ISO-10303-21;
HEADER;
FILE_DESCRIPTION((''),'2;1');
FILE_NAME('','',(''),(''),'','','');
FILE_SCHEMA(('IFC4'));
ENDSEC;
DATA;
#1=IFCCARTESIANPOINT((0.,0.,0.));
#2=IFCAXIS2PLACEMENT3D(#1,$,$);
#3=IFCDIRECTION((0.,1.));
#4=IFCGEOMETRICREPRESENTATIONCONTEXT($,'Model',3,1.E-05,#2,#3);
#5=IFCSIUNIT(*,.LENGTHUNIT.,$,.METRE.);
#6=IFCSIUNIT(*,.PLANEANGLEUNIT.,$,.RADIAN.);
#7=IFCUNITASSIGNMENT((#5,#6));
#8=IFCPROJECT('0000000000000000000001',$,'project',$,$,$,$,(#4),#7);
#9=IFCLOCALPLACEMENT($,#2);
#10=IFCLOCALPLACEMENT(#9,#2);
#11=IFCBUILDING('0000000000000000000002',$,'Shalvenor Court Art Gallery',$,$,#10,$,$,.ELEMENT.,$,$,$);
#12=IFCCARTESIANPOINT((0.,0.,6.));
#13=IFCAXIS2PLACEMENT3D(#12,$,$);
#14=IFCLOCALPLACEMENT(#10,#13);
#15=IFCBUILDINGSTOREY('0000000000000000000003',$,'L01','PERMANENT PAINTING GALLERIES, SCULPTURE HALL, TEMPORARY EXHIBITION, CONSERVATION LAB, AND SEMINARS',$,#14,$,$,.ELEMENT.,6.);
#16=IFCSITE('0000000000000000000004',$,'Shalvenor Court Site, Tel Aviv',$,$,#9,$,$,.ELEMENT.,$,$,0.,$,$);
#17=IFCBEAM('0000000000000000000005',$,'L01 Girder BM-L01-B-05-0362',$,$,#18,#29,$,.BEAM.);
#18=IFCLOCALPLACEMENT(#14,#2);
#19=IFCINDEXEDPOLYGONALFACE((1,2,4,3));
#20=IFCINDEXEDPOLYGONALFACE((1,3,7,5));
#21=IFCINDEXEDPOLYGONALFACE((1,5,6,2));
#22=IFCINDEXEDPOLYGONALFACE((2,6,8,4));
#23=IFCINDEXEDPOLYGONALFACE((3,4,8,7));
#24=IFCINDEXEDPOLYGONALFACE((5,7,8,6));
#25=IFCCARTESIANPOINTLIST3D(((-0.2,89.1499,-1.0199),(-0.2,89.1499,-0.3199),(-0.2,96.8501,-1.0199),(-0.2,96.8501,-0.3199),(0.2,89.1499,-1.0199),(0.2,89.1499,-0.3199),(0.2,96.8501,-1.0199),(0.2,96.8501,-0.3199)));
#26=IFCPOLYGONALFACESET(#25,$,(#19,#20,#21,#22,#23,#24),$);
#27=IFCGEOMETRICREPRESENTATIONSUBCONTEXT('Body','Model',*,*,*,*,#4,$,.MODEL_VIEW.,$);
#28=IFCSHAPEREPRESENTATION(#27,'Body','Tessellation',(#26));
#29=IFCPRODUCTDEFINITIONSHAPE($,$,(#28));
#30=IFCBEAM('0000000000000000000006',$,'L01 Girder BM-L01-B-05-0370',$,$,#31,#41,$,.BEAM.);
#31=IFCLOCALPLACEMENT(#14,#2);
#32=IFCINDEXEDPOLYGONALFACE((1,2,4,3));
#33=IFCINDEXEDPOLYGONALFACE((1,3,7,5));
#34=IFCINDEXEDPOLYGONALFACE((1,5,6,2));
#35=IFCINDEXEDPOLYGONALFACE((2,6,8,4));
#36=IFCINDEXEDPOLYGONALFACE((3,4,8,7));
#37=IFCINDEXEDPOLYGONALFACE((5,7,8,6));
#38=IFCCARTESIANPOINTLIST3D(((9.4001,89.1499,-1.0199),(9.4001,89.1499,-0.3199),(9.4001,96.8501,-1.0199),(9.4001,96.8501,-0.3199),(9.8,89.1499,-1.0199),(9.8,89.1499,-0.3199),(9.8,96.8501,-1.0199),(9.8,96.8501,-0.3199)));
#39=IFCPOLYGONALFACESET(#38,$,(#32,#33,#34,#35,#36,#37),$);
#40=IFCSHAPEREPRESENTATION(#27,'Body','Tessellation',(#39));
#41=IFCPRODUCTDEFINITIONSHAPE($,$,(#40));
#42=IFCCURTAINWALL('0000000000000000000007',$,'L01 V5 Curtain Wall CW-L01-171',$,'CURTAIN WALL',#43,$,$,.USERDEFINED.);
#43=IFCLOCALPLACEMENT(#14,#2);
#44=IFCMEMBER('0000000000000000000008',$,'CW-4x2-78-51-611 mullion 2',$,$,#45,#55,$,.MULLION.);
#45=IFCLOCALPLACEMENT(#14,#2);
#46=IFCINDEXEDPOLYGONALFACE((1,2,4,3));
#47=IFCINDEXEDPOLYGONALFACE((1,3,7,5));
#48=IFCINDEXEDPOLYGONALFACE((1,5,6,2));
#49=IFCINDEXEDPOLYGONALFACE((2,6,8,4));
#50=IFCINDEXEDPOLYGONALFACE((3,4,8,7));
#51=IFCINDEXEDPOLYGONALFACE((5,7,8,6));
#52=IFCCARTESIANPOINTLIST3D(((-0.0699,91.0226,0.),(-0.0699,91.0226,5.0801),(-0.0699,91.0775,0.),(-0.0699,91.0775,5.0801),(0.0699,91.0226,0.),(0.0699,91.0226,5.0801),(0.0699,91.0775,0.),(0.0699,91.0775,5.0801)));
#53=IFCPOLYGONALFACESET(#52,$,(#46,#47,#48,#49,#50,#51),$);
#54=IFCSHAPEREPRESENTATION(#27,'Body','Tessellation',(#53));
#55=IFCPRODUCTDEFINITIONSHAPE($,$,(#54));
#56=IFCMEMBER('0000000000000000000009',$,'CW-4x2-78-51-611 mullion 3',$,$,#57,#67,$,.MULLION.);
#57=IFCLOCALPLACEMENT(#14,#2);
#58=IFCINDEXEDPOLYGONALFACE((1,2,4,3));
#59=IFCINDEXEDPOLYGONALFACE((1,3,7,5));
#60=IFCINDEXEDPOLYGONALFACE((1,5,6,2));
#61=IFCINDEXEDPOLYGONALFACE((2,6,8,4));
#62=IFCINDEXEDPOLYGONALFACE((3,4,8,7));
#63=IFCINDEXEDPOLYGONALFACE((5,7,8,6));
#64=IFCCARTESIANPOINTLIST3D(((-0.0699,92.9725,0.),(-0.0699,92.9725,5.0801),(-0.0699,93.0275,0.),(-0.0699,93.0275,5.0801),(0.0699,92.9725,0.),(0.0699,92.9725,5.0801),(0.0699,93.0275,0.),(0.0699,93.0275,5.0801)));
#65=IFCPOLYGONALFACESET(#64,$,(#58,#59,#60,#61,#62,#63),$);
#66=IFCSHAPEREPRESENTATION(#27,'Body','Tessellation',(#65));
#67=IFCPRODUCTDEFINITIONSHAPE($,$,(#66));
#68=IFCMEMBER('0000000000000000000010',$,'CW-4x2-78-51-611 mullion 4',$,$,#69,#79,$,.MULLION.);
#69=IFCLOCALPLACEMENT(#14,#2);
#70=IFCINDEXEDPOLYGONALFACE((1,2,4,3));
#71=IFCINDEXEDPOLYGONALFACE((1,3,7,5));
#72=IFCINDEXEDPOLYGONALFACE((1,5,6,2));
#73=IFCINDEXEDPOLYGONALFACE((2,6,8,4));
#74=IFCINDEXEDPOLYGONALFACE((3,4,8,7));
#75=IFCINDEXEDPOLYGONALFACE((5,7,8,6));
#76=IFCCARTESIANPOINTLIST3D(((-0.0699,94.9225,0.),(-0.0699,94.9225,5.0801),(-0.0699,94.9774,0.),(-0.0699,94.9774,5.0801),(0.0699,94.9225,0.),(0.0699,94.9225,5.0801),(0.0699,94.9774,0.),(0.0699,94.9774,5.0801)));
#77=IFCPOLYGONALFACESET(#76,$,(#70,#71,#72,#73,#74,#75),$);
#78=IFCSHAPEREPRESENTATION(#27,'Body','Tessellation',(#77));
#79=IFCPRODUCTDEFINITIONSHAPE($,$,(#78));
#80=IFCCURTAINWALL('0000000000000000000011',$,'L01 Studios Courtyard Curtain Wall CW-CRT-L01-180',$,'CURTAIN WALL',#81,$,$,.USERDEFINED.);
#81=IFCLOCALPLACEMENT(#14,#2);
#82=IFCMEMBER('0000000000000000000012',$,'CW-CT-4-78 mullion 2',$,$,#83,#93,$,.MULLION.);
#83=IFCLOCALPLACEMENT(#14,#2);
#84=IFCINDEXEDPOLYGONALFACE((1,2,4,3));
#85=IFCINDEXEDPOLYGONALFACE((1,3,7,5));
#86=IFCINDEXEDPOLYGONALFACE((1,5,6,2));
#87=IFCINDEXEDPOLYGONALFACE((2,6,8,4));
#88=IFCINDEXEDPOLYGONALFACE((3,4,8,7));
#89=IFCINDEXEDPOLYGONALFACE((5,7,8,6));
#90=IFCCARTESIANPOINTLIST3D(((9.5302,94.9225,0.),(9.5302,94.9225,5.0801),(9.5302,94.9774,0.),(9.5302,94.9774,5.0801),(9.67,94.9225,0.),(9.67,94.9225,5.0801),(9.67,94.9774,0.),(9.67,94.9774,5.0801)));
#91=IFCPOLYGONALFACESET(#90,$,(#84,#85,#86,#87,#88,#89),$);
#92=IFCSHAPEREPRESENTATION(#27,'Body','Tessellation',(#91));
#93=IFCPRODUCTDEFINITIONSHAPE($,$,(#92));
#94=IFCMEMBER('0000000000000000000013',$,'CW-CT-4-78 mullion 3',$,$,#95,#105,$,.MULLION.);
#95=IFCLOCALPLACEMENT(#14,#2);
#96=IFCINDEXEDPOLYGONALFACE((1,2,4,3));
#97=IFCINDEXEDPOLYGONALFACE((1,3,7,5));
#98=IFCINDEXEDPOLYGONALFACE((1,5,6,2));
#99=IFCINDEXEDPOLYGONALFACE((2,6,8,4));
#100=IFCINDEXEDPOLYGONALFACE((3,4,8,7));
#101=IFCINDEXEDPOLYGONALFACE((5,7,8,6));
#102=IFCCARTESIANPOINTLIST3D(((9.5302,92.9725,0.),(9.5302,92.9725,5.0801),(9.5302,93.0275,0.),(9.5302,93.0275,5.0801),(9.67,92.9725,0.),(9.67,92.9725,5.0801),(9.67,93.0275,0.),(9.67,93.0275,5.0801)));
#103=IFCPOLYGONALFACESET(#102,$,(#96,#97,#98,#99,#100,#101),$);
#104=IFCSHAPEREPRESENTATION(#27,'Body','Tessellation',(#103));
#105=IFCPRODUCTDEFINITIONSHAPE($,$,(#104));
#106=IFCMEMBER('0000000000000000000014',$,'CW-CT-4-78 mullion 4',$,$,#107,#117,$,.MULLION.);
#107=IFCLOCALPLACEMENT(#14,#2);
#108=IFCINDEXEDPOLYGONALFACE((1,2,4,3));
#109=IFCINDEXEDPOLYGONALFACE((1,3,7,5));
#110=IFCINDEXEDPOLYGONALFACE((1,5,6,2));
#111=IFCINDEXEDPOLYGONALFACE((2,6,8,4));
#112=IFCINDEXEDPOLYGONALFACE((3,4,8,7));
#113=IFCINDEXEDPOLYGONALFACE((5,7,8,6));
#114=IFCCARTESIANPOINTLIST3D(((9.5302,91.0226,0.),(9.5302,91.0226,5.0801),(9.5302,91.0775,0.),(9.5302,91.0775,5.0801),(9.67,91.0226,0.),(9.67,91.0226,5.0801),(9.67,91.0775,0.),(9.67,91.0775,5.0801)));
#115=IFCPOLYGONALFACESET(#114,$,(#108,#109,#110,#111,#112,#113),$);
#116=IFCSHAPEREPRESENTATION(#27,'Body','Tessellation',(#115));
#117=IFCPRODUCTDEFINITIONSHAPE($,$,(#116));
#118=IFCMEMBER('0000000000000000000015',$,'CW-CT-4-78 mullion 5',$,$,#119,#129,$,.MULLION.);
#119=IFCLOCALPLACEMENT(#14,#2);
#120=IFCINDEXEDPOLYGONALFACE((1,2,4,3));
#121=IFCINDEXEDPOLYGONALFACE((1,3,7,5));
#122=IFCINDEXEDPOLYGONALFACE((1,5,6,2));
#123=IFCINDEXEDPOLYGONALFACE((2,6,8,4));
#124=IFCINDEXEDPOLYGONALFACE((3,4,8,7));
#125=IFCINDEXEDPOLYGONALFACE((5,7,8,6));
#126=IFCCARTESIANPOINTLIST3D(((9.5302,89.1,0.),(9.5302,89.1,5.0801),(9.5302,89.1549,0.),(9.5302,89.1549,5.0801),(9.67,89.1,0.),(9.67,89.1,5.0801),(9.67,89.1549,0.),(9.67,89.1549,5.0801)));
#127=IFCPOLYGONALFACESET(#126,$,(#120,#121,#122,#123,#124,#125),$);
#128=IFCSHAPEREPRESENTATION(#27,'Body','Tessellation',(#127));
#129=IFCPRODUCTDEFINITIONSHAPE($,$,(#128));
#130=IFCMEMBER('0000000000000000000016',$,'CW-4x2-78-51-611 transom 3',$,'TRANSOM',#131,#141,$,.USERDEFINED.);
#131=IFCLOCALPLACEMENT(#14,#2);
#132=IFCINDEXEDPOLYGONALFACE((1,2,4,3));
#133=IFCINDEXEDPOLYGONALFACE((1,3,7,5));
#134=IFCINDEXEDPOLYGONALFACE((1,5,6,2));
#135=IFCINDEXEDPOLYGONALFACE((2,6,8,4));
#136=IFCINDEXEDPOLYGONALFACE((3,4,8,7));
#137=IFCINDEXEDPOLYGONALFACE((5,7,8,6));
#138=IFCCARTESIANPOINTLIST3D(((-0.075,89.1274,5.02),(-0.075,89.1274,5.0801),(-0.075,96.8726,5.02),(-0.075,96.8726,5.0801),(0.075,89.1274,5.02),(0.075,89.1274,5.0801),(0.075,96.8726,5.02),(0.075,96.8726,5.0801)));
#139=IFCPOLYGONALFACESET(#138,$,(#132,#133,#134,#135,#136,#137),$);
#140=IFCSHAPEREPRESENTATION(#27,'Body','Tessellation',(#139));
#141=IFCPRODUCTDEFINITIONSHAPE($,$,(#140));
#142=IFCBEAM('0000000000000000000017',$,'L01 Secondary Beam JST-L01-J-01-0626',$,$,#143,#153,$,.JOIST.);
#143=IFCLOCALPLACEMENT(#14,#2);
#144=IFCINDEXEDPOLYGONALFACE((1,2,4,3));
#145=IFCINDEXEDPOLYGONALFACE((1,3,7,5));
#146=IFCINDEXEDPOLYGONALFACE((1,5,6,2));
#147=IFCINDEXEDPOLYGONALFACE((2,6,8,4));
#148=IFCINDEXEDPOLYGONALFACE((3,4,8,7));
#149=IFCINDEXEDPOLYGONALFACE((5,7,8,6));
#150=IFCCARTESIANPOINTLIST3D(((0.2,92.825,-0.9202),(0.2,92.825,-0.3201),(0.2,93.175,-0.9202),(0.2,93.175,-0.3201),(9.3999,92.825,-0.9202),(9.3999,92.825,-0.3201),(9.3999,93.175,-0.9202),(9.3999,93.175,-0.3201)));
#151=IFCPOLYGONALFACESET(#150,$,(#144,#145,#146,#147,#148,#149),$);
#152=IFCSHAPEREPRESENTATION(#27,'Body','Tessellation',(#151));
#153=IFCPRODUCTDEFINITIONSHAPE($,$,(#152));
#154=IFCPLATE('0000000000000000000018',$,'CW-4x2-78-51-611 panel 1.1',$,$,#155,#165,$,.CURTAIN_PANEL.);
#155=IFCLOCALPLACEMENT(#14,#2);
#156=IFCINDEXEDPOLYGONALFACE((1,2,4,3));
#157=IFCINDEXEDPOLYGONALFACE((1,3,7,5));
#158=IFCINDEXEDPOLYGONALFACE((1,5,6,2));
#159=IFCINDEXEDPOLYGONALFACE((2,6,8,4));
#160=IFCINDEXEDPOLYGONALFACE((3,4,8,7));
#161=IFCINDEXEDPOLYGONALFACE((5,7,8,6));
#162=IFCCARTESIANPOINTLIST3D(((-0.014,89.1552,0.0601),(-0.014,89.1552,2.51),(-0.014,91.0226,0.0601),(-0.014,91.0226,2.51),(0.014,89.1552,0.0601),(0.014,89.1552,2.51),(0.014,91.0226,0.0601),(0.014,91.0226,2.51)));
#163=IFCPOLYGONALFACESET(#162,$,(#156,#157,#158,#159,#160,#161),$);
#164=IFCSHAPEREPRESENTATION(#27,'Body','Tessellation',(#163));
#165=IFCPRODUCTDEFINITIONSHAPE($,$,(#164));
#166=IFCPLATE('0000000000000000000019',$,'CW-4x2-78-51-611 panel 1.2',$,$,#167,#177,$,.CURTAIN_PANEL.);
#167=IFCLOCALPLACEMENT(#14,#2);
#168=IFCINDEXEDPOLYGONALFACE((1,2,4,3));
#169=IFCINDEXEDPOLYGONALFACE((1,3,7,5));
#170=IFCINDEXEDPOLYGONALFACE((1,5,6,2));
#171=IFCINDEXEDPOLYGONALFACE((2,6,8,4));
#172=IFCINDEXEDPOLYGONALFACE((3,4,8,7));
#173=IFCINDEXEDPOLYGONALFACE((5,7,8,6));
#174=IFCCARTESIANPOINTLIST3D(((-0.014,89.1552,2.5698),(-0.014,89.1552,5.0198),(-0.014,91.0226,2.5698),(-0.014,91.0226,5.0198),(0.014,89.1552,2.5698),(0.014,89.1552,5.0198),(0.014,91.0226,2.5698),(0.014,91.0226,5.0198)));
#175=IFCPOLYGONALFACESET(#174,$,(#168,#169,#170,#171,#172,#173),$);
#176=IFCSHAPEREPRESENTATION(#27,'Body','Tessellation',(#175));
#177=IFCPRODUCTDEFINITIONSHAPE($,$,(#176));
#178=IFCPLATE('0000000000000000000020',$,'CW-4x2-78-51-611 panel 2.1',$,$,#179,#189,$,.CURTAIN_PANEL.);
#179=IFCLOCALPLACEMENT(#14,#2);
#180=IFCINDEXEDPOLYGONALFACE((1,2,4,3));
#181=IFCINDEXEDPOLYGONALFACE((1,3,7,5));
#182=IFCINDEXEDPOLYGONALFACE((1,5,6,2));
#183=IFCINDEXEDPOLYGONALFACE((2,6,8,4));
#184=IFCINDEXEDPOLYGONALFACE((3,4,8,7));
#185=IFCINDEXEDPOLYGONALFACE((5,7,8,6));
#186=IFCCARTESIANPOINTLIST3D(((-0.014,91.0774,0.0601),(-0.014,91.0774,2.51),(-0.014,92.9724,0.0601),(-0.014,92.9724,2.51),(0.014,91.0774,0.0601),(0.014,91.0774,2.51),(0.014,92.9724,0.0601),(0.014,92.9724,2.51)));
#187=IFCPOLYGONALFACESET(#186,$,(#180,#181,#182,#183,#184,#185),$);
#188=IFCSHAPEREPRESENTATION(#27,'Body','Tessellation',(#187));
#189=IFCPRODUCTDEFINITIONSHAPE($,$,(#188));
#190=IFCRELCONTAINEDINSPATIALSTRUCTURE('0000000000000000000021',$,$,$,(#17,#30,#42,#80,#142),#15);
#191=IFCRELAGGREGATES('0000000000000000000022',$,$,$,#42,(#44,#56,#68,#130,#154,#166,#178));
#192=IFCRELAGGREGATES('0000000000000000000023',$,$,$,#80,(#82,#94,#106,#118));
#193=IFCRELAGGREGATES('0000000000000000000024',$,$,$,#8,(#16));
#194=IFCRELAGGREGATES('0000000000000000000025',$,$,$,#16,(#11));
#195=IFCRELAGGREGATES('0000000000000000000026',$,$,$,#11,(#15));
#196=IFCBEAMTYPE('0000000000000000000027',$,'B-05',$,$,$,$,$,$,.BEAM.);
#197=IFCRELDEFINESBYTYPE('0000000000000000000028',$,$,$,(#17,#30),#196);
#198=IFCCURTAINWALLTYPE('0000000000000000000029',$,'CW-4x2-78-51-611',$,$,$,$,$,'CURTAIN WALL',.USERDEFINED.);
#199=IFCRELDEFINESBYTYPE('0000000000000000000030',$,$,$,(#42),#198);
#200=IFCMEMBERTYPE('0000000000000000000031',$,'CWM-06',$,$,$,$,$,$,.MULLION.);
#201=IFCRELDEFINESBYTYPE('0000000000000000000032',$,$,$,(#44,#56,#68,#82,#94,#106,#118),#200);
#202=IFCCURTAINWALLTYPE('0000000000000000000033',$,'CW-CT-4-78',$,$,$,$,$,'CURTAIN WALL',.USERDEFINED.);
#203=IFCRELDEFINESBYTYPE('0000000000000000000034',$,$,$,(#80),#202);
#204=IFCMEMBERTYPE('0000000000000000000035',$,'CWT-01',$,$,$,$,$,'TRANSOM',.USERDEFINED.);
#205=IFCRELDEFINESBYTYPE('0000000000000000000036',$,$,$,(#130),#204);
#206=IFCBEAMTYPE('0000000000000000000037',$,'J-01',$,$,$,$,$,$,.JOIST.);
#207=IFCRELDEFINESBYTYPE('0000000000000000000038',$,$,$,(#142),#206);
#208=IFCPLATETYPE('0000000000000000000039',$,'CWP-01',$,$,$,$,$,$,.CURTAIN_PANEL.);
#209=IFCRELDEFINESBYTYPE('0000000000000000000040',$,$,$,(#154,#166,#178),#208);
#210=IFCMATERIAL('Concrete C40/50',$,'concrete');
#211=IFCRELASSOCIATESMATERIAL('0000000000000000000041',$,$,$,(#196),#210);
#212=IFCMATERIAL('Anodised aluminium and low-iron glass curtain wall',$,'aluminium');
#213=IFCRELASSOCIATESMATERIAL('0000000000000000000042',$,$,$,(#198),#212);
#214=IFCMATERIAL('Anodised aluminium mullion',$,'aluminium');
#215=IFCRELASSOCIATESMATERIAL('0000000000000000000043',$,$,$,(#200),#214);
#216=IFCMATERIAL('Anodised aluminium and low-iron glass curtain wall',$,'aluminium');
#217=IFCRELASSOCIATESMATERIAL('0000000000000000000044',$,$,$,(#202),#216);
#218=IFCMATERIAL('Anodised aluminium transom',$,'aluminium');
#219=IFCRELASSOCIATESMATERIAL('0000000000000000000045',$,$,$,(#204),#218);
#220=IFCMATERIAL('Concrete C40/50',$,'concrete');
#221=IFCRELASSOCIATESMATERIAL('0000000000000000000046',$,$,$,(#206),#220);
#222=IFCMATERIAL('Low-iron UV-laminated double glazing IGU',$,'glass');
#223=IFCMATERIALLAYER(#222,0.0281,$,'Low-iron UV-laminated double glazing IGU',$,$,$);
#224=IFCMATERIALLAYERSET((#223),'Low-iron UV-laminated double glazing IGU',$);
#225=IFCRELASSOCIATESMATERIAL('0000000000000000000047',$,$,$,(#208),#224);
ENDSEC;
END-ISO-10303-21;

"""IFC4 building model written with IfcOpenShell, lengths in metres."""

from ifc_helpers import new_model, si_unit, direction, frame, origin, origin_2d, place, context, subcontext, project, spatial, rectangle, extrude, material, layer, layer_set, material_profile, profile_set, type_object, element, aggregate, save


model = new_model("IFC4")

# Units and contexts
model_context = context("Model", 3, precision=1e-05, world=origin(), true_north=direction((0.0, 1.0)))
body_context = subcontext(model_context, "Body", "Model", "MODEL_VIEW")
ifc_project = project(units=[si_unit("LENGTHUNIT", "METRE"), si_unit("PLANEANGLEUNIT", "RADIAN")], contexts=[model_context])

# Site, building, storey
site_placement = place(None, origin())
site = spatial("IfcSite", under=ifc_project, at=site_placement, Name="Shalvenor Court Site, Tel Aviv", CompositionType="ELEMENT", RefElevation=0.0)
building_placement = place(site_placement, origin())
building = spatial("IfcBuilding", under=site, at=building_placement, Name="Shalvenor Court Art Gallery", CompositionType="ELEMENT")
storey_placement = place(building_placement, frame((0.0, 0.0, 6.0)))
storey = spatial("IfcBuildingStorey", under=building, at=storey_placement, Name="L01", Description="PERMANENT PAINTING GALLERIES, SCULPTURE HALL, TEMPORARY EXHIBITION, CONSERVATION LAB, AND SEMINARS", CompositionType="ELEMENT", Elevation=6.0)

# Beams
ifc_material_1 = material(Name="Concrete C40/50", Category="concrete")
ifc_material_profile_1 = material_profile(ifc_material_1, rectangle(XDim=0.3999, YDim=0.7, at=origin_2d()), Name="RC 400x700")
ifc_profile_set_1 = profile_set([ifc_material_profile_1], Name="Concrete C40/50")
beam_type_1 = type_object("IfcBeamType", Name="B-05", PredefinedType="BEAM", material=ifc_profile_set_1)
for number, where, z_axis, x_axis, name in (
    (1, (0.0, 89.1499, -0.6699), (0.0, 1.0, 0.0), (-1.0, 0.0, 0.0), "L01 Girder BM-L01-B-05-0362"),
    (2, (9.6001, 89.1499, -0.6699), (0.0, 1.0, 0.0), (-1.0, 0.0, 0.0), "L01 Girder BM-L01-B-05-0370"),
):
    element("IfcBeam", number, at=place(storey_placement, frame(where, z_axis=z_axis, x_axis=x_axis)), inside=storey, type_object=beam_type_1, Name=name, PredefinedType="BEAM", context=body_context, shape_type="SweptSolid", body=[
        extrude(rectangle(XDim=0.3999, YDim=0.7, at=origin_2d()), origin(), (0.0, 0.0, 1.0), 7.7002),
    ])

# Curtain walls, members
ifc_material_2 = material(Name="Anodised aluminium and low-iron glass curtain wall", Category="aluminium")
curtain_wall_type_1 = type_object("IfcCurtainWallType", Name="CW-4x2-78-51-611", ElementType="CURTAIN WALL", PredefinedType="USERDEFINED", material=ifc_material_2)
curtain_wall_1_placement = place(storey_placement, origin())
curtain_wall_1 = element("IfcCurtainWall", 3, at=curtain_wall_1_placement, inside=storey, type_object=curtain_wall_type_1, Name="L01 V5 Curtain Wall CW-L01-171", ObjectType="CURTAIN WALL", PredefinedType="USERDEFINED")
ifc_material_3 = material(Name="Anodised aluminium mullion", Category="aluminium")
ifc_material_profile_2 = material_profile(ifc_material_3, rectangle(XDim=0.0549, YDim=0.1399, at=origin_2d()), Name="CWM-06")
ifc_profile_set_2 = profile_set([ifc_material_profile_2], Name="Anodised aluminium mullion")
member_type_1 = type_object("IfcMemberType", Name="CWM-06", PredefinedType="MULLION", material=ifc_profile_set_2)
member_1_placement = place(storey_placement, frame((0.0, 91.05, 0.0), z_axis=(0.0, 0.0, 1.0), x_axis=(0.0, 1.0, 0.0)))
member_1 = element("IfcMember", 4, at=member_1_placement, type_object=member_type_1, Name="CW-4x2-78-51-611 mullion 2", PredefinedType="MULLION", context=body_context, shape_type="SweptSolid", body=[
    extrude(rectangle(XDim=0.0549, YDim=0.1399, at=origin_2d()), origin(), (0.0, 0.0, 1.0), 5.0801),
])
member_2_placement = place(storey_placement, frame((0.0, 93.0, 0.0), z_axis=(0.0, 0.0, 1.0), x_axis=(0.0, 1.0, 0.0)))
member_2 = element("IfcMember", 5, at=member_2_placement, type_object=member_type_1, Name="CW-4x2-78-51-611 mullion 3", PredefinedType="MULLION", context=body_context, shape_type="SweptSolid", body=[
    extrude(rectangle(XDim=0.0549, YDim=0.1399, at=origin_2d()), origin(), (0.0, 0.0, 1.0), 5.0801),
])
member_3_placement = place(storey_placement, frame((0.0, 94.95, 0.0), z_axis=(0.0, 0.0, 1.0), x_axis=(0.0, 1.0, 0.0)))
member_3 = element("IfcMember", 6, at=member_3_placement, type_object=member_type_1, Name="CW-4x2-78-51-611 mullion 4", PredefinedType="MULLION", context=body_context, shape_type="SweptSolid", body=[
    extrude(rectangle(XDim=0.0549, YDim=0.1399, at=origin_2d()), origin(), (0.0, 0.0, 1.0), 5.0801),
])
ifc_material_4 = material(Name="Anodised aluminium and low-iron glass curtain wall", Category="aluminium")
curtain_wall_type_2 = type_object("IfcCurtainWallType", Name="CW-CT-4-78", ElementType="CURTAIN WALL", PredefinedType="USERDEFINED", material=ifc_material_4)
curtain_wall_2_placement = place(storey_placement, origin())
curtain_wall_2 = element("IfcCurtainWall", 7, at=curtain_wall_2_placement, inside=storey, type_object=curtain_wall_type_2, Name="L01 Studios Courtyard Curtain Wall CW-CRT-L01-180", ObjectType="CURTAIN WALL", PredefinedType="USERDEFINED")
member_4_placement = place(storey_placement, frame((9.6001, 94.95, 0.0), z_axis=(0.0, 0.0, 1.0), x_axis=(0.0, -1.0, 0.0)))
member_4 = element("IfcMember", 8, at=member_4_placement, type_object=member_type_1, Name="CW-CT-4-78 mullion 2", PredefinedType="MULLION", context=body_context, shape_type="SweptSolid", body=[
    extrude(rectangle(XDim=0.0549, YDim=0.1399, at=origin_2d()), origin(), (0.0, 0.0, 1.0), 5.0801),
])
member_5_placement = place(storey_placement, frame((9.6001, 93.0, 0.0), z_axis=(0.0, 0.0, 1.0), x_axis=(0.0, -1.0, 0.0)))
member_5 = element("IfcMember", 9, at=member_5_placement, type_object=member_type_1, Name="CW-CT-4-78 mullion 3", PredefinedType="MULLION", context=body_context, shape_type="SweptSolid", body=[
    extrude(rectangle(XDim=0.0549, YDim=0.1399, at=origin_2d()), origin(), (0.0, 0.0, 1.0), 5.0801),
])
member_6_placement = place(storey_placement, frame((9.6001, 91.05, 0.0), z_axis=(0.0, 0.0, 1.0), x_axis=(0.0, -1.0, 0.0)))
member_6 = element("IfcMember", 10, at=member_6_placement, type_object=member_type_1, Name="CW-CT-4-78 mullion 4", PredefinedType="MULLION", context=body_context, shape_type="SweptSolid", body=[
    extrude(rectangle(XDim=0.0549, YDim=0.1399, at=origin_2d()), origin(), (0.0, 0.0, 1.0), 5.0801),
])
member_7_placement = place(storey_placement, frame((9.6001, 89.1274, 0.0), z_axis=(0.0, 0.0, 1.0), x_axis=(0.0, -1.0, 0.0)))
member_7 = element("IfcMember", 11, at=member_7_placement, type_object=member_type_1, Name="CW-CT-4-78 mullion 5", PredefinedType="MULLION", context=body_context, shape_type="SweptSolid", body=[
    extrude(rectangle(XDim=0.0549, YDim=0.1399, at=origin_2d()), origin(), (0.0, 0.0, 1.0), 5.0801),
])

# Member
ifc_material_5 = material(Name="Anodised aluminium transom", Category="aluminium")
ifc_material_profile_3 = material_profile(ifc_material_5, rectangle(XDim=0.1499, YDim=0.0601, at=origin_2d()), Name="CWT-01")
ifc_profile_set_3 = profile_set([ifc_material_profile_3], Name="Anodised aluminium transom")
member_type_2 = type_object("IfcMemberType", Name="CWT-01", ElementType="TRANSOM", PredefinedType="USERDEFINED", material=ifc_profile_set_3)
member_8_placement = place(storey_placement, frame((0.0, 89.1274, 5.05), z_axis=(0.0, 1.0, 0.0), x_axis=(-1.0, 0.0, 0.0)))
member_8 = element("IfcMember", 12, at=member_8_placement, type_object=member_type_2, Name="CW-4x2-78-51-611 transom 3", ObjectType="TRANSOM", PredefinedType="USERDEFINED", context=body_context, shape_type="SweptSolid", body=[
    extrude(rectangle(XDim=0.1499, YDim=0.0601, at=origin_2d()), origin(), (0.0, 0.0, 1.0), 7.7451),
])

# Beam
ifc_material_6 = material(Name="Concrete C40/50", Category="concrete")
ifc_material_profile_4 = material_profile(ifc_material_6, rectangle(XDim=0.3501, YDim=0.6001, at=origin_2d()), Name="RC 350x600")
ifc_profile_set_4 = profile_set([ifc_material_profile_4], Name="Concrete C40/50")
beam_type_2 = type_object("IfcBeamType", Name="J-01", PredefinedType="JOIST", material=ifc_profile_set_4)
beam_placement = place(storey_placement, frame((0.2, 93.0, -0.6201), z_axis=(1.0, 0.0, 0.0), x_axis=(0.0, 1.0, 0.0)))
element("IfcBeam", 13, at=beam_placement, inside=storey, type_object=beam_type_2, Name="L01 Secondary Beam JST-L01-J-01-0626", PredefinedType="JOIST", context=body_context, shape_type="SweptSolid", body=[
    extrude(rectangle(XDim=0.3501, YDim=0.6001, at=origin_2d()), origin(), (0.0, 0.0, 1.0), 9.2),
])

# Plates
ifc_material_7 = material(Name="Low-iron UV-laminated double glazing IGU", Category="glass")
ifc_layer_1 = layer(ifc_material_7, 0.0281, Name="Low-iron UV-laminated double glazing IGU")
ifc_layer_set_1 = layer_set([ifc_layer_1], Name="Low-iron UV-laminated double glazing IGU")
plate_type_1 = type_object("IfcPlateType", Name="CWP-01", PredefinedType="CURTAIN_PANEL", material=ifc_layer_set_1)
plate_1_placement = place(storey_placement, frame((0.0, 90.0889, 0.0601), z_axis=(0.0, 0.0, 1.0), x_axis=(0.0, 1.0, 0.0)))
plate_1 = element("IfcPlate", 14, at=plate_1_placement, type_object=plate_type_1, Name="CW-4x2-78-51-611 panel 1.1", PredefinedType="CURTAIN_PANEL", context=body_context, shape_type="SweptSolid", body=[
    extrude(rectangle(XDim=1.8674, YDim=0.0281, at=origin_2d()), origin(), (0.0, 0.0, 1.0), 2.45),
])
plate_2_placement = place(storey_placement, frame((0.0, 90.0889, 2.5698), z_axis=(0.0, 0.0, 1.0), x_axis=(0.0, 1.0, 0.0)))
plate_2 = element("IfcPlate", 15, at=plate_2_placement, type_object=plate_type_1, Name="CW-4x2-78-51-611 panel 1.2", PredefinedType="CURTAIN_PANEL", context=body_context, shape_type="SweptSolid", body=[
    extrude(rectangle(XDim=1.8674, YDim=0.0281, at=origin_2d()), origin(), (0.0, 0.0, 1.0), 2.45),
])
plate_3_placement = place(storey_placement, frame((0.0, 92.0249, 0.0601), z_axis=(0.0, 0.0, 1.0), x_axis=(0.0, 1.0, 0.0)))
plate_3 = element("IfcPlate", 16, at=plate_3_placement, type_object=plate_type_1, Name="CW-4x2-78-51-611 panel 2.1", PredefinedType="CURTAIN_PANEL", context=body_context, shape_type="SweptSolid", body=[
    extrude(rectangle(XDim=1.895, YDim=0.0281, at=origin_2d()), origin(), (0.0, 0.0, 1.0), 2.45),
])
aggregate(curtain_wall_1, [member_1, member_2, member_3, member_8, plate_1, plate_2, plate_3])
aggregate(curtain_wall_2, [member_4, member_5, member_6, member_7])

save(model, "model.ifc")
